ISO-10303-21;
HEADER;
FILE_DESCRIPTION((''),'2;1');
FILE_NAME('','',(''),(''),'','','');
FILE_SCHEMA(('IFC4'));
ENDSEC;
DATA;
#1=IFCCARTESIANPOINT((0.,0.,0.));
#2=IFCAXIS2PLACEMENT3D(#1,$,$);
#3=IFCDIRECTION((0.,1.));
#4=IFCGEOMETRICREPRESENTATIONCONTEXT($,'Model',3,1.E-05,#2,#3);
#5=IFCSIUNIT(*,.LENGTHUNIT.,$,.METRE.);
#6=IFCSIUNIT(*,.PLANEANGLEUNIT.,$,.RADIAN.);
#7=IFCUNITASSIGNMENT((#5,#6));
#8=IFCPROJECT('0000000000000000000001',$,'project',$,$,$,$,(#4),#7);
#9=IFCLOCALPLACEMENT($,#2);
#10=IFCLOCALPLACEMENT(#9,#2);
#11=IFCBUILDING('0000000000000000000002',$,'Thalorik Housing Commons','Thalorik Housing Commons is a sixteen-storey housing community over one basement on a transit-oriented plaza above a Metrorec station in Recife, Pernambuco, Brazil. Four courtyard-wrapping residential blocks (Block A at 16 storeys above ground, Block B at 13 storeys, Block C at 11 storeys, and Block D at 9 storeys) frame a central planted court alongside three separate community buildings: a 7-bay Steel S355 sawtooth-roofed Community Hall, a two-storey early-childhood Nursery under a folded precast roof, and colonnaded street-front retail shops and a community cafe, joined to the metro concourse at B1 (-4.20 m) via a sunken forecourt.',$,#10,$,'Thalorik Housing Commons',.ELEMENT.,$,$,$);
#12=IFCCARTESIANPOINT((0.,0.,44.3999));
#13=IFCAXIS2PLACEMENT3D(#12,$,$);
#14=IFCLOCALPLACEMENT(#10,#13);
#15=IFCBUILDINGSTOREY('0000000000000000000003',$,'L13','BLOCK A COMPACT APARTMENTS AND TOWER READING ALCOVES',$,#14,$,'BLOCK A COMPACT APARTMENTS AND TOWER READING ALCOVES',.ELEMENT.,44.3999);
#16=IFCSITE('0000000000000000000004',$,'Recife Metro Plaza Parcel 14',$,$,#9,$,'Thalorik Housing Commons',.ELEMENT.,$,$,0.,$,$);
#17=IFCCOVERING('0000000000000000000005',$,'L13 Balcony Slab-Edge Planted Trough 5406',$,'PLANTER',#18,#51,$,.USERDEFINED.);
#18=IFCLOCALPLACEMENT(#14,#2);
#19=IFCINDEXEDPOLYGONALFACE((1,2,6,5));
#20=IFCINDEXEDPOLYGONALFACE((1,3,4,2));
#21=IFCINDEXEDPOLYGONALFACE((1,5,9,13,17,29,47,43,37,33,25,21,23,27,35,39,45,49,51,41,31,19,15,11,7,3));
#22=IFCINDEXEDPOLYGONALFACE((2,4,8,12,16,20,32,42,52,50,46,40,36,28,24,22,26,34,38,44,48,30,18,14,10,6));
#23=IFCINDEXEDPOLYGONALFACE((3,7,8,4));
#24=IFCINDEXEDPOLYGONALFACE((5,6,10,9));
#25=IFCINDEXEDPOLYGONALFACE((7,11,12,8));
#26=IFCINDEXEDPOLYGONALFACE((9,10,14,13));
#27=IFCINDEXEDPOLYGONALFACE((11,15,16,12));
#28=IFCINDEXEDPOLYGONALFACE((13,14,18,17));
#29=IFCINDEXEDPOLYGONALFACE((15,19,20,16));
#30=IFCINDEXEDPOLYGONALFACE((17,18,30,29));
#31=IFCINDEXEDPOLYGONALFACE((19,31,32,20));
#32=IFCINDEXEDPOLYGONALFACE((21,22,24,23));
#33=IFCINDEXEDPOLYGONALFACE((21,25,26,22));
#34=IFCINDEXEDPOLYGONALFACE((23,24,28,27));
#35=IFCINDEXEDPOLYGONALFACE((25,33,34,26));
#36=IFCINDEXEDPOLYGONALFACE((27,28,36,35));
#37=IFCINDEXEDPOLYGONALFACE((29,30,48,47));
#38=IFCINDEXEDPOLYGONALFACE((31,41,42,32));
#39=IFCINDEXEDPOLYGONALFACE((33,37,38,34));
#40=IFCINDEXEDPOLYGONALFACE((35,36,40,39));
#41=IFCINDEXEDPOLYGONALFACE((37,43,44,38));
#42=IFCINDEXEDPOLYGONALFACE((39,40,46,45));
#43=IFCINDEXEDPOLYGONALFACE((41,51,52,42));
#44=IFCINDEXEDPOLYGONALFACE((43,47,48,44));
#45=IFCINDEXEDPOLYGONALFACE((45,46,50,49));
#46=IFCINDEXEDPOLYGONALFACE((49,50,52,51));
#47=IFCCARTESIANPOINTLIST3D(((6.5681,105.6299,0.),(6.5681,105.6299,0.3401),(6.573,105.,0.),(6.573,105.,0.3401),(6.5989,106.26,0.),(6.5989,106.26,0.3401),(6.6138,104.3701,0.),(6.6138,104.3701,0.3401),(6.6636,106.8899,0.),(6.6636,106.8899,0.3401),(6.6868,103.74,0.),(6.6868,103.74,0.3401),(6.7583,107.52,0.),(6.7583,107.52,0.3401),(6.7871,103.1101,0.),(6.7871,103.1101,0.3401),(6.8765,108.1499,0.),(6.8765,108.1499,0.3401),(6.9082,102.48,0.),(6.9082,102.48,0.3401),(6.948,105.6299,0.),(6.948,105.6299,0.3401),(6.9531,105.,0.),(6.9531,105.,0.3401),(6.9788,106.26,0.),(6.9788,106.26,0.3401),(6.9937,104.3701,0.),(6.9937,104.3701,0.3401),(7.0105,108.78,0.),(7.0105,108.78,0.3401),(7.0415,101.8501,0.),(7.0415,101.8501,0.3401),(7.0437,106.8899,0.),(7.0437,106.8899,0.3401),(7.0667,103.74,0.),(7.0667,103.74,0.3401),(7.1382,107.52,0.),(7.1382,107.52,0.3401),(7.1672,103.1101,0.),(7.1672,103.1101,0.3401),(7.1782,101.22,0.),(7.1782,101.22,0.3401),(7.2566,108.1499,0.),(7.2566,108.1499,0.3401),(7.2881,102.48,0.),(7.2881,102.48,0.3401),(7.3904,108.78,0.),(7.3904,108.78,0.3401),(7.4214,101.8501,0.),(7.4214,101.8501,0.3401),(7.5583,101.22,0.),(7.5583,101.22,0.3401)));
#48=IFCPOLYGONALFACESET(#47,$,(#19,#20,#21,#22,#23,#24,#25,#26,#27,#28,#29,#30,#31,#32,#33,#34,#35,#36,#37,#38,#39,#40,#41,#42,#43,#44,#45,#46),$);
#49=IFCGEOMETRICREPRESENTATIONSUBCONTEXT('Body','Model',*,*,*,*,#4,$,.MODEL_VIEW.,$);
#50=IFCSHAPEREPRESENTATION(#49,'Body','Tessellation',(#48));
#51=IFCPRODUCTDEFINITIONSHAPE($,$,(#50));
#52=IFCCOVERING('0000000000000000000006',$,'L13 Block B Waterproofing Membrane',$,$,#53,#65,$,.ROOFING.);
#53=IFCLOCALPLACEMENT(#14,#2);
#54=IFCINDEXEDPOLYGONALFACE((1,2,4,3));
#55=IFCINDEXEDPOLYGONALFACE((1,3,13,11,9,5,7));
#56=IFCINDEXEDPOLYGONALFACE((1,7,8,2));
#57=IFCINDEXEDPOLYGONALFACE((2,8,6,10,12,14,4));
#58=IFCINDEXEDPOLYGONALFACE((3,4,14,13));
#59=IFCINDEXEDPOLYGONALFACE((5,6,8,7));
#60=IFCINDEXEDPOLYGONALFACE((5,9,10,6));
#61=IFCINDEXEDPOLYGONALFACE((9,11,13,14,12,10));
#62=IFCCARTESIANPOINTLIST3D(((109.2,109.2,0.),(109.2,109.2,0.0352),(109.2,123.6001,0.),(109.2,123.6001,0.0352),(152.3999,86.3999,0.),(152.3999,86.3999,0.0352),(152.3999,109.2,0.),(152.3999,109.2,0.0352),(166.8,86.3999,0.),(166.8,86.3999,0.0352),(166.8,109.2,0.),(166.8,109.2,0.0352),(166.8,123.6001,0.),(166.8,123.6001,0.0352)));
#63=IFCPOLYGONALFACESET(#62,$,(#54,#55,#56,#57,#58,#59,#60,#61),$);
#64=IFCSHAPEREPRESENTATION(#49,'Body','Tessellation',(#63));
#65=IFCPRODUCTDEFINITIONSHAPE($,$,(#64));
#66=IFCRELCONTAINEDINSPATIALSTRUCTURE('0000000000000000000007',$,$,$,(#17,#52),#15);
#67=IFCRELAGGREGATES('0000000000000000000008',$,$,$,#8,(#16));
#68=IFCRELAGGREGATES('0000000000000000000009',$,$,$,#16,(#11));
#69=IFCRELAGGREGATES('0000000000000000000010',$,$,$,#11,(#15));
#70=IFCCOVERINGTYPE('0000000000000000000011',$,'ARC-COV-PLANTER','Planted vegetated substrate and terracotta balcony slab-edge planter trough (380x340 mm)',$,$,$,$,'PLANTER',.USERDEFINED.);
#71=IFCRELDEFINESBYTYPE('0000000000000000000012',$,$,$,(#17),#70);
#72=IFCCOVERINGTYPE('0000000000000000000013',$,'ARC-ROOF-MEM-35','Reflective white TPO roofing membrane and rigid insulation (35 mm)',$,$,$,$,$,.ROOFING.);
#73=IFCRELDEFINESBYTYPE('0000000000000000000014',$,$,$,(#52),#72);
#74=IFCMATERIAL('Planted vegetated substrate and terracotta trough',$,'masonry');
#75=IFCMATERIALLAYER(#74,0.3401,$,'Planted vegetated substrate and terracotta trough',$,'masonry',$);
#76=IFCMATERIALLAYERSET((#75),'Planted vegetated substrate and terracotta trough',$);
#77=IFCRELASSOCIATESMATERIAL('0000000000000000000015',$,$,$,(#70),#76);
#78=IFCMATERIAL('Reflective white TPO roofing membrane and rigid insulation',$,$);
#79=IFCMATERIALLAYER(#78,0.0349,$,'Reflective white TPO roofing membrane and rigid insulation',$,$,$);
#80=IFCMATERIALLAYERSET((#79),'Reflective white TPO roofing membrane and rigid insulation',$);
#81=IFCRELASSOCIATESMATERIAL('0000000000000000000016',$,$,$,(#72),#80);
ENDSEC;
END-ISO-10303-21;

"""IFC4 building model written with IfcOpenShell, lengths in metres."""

from ifc_helpers import new_model, si_unit, direction, frame, origin, place, context, subcontext, project, spatial, polyline, outline, extrude, material, layer, layer_set, type_object, element, save


model = new_model("IFC4")

# Units and contexts
model_context = context("Model", 3, precision=1e-05, world=origin(), true_north=direction((0.0, 1.0)))
body_context = subcontext(model_context, "Body", "Model", "MODEL_VIEW")
ifc_project = project(units=[si_unit("LENGTHUNIT", "METRE"), si_unit("PLANEANGLEUNIT", "RADIAN")], contexts=[model_context])

# Site, building, storey
site_placement = place(None, origin())
site = spatial("IfcSite", under=ifc_project, at=site_placement, Name="Recife Metro Plaza Parcel 14", LongName="Thalorik Housing Commons", CompositionType="ELEMENT", RefElevation=0.0)
building_placement = place(site_placement, origin())
building = spatial("IfcBuilding", under=site, at=building_placement, Name="Thalorik Housing Commons", Description="Thalorik Housing Commons is a sixteen-storey housing community over one basement on a transit-oriented plaza above a Metrorec station in Recife, Pernambuco, Brazil. Four courtyard-wrapping residential blocks (Block A at 16 storeys above ground, Block B at 13 storeys, Block C at 11 storeys, and Block D at 9 storeys) frame a central planted court alongside three separate community buildings: a 7-bay Steel S355 sawtooth-roofed Community Hall, a two-storey early-childhood Nursery under a folded precast roof, and colonnaded street-front retail shops and a community cafe, joined to the metro concourse at B1 (-4.20 m) via a sunken forecourt.", LongName="Thalorik Housing Commons", CompositionType="ELEMENT")
storey_placement = place(building_placement, frame((0.0, 0.0, 44.3999)))
storey = spatial("IfcBuildingStorey", under=building, at=storey_placement, Name="L13", Description="BLOCK A COMPACT APARTMENTS AND TOWER READING ALCOVES", LongName="BLOCK A COMPACT APARTMENTS AND TOWER READING ALCOVES", CompositionType="ELEMENT", Elevation=44.3999)

# Coverings
ifc_material_1 = material(Name="Planted vegetated substrate and terracotta trough", Category="masonry")
ifc_layer_1 = layer(ifc_material_1, 0.3401, Name="Planted vegetated substrate and terracotta trough", Category="masonry")
ifc_layer_set_1 = layer_set([ifc_layer_1], Name="Planted vegetated substrate and terracotta trough")
covering_type_1 = type_object("IfcCoveringType", Name="ARC-COV-PLANTER", Description="Planted vegetated substrate and terracotta balcony slab-edge planter trough (380x340 mm)", ElementType="PLANTER", PredefinedType="USERDEFINED", material=ifc_layer_set_1)
covering_1_placement = place(storey_placement, origin())
element("IfcCovering", 1, at=covering_1_placement, inside=storey, type_object=covering_type_1, Name="L13 Balcony Slab-Edge Planted Trough 5406", ObjectType="PLANTER", PredefinedType="USERDEFINED", context=body_context, shape_type="SweptSolid", body=[
    extrude(outline(polyline([(7.0105, 108.78), (6.8765, 108.1499), (6.7583, 107.52), (6.6636, 106.8899), (6.5989, 106.26), (6.5681, 105.6299), (6.573, 105.0), (6.6138, 104.3701), (6.6868, 103.74), (6.7871, 103.1101), (6.9082, 102.48), (7.0415, 101.8501), (7.1782, 101.22), (7.5583, 101.22), (7.4214, 101.8501), (7.2881, 102.48), (7.1672, 103.1101), (7.0667, 103.74), (6.9937, 104.3701), (6.9531, 105.0), (6.948, 105.6299), (6.9788, 106.26), (7.0437, 106.8899), (7.1382, 107.52), (7.2566, 108.1499), (7.3904, 108.78), (7.0105, 108.78)])), origin(), (0.0, 0.0, 1.0), 0.3401),
])
ifc_material_2 = material(Name="Reflective white TPO roofing membrane and rigid insulation")
ifc_layer_2 = layer(ifc_material_2, 0.0349, Name="Reflective white TPO roofing membrane and rigid insulation")
ifc_layer_set_2 = layer_set([ifc_layer_2], Name="Reflective white TPO roofing membrane and rigid insulation")
covering_type_2 = type_object("IfcCoveringType", Name="ARC-ROOF-MEM-35", Description="Reflective white TPO roofing membrane and rigid insulation (35 mm)", PredefinedType="ROOFING", material=ifc_layer_set_2)
covering_2_placement = place(storey_placement, origin())
element("IfcCovering", 2, at=covering_2_placement, inside=storey, type_object=covering_type_2, Name="L13 Block B Waterproofing Membrane", PredefinedType="ROOFING", context=body_context, shape_type="SweptSolid", body=[
    extrude(outline(polyline([(166.8, 109.2), (166.8, 123.6001), (109.2, 123.6001), (109.2, 109.2), (152.3999, 109.2), (152.3999, 86.3999), (166.8, 86.3999), (166.8, 109.2)])), origin(), (0.0, 0.0, 1.0), 0.0352),
])

save(model, "model.ifc")
